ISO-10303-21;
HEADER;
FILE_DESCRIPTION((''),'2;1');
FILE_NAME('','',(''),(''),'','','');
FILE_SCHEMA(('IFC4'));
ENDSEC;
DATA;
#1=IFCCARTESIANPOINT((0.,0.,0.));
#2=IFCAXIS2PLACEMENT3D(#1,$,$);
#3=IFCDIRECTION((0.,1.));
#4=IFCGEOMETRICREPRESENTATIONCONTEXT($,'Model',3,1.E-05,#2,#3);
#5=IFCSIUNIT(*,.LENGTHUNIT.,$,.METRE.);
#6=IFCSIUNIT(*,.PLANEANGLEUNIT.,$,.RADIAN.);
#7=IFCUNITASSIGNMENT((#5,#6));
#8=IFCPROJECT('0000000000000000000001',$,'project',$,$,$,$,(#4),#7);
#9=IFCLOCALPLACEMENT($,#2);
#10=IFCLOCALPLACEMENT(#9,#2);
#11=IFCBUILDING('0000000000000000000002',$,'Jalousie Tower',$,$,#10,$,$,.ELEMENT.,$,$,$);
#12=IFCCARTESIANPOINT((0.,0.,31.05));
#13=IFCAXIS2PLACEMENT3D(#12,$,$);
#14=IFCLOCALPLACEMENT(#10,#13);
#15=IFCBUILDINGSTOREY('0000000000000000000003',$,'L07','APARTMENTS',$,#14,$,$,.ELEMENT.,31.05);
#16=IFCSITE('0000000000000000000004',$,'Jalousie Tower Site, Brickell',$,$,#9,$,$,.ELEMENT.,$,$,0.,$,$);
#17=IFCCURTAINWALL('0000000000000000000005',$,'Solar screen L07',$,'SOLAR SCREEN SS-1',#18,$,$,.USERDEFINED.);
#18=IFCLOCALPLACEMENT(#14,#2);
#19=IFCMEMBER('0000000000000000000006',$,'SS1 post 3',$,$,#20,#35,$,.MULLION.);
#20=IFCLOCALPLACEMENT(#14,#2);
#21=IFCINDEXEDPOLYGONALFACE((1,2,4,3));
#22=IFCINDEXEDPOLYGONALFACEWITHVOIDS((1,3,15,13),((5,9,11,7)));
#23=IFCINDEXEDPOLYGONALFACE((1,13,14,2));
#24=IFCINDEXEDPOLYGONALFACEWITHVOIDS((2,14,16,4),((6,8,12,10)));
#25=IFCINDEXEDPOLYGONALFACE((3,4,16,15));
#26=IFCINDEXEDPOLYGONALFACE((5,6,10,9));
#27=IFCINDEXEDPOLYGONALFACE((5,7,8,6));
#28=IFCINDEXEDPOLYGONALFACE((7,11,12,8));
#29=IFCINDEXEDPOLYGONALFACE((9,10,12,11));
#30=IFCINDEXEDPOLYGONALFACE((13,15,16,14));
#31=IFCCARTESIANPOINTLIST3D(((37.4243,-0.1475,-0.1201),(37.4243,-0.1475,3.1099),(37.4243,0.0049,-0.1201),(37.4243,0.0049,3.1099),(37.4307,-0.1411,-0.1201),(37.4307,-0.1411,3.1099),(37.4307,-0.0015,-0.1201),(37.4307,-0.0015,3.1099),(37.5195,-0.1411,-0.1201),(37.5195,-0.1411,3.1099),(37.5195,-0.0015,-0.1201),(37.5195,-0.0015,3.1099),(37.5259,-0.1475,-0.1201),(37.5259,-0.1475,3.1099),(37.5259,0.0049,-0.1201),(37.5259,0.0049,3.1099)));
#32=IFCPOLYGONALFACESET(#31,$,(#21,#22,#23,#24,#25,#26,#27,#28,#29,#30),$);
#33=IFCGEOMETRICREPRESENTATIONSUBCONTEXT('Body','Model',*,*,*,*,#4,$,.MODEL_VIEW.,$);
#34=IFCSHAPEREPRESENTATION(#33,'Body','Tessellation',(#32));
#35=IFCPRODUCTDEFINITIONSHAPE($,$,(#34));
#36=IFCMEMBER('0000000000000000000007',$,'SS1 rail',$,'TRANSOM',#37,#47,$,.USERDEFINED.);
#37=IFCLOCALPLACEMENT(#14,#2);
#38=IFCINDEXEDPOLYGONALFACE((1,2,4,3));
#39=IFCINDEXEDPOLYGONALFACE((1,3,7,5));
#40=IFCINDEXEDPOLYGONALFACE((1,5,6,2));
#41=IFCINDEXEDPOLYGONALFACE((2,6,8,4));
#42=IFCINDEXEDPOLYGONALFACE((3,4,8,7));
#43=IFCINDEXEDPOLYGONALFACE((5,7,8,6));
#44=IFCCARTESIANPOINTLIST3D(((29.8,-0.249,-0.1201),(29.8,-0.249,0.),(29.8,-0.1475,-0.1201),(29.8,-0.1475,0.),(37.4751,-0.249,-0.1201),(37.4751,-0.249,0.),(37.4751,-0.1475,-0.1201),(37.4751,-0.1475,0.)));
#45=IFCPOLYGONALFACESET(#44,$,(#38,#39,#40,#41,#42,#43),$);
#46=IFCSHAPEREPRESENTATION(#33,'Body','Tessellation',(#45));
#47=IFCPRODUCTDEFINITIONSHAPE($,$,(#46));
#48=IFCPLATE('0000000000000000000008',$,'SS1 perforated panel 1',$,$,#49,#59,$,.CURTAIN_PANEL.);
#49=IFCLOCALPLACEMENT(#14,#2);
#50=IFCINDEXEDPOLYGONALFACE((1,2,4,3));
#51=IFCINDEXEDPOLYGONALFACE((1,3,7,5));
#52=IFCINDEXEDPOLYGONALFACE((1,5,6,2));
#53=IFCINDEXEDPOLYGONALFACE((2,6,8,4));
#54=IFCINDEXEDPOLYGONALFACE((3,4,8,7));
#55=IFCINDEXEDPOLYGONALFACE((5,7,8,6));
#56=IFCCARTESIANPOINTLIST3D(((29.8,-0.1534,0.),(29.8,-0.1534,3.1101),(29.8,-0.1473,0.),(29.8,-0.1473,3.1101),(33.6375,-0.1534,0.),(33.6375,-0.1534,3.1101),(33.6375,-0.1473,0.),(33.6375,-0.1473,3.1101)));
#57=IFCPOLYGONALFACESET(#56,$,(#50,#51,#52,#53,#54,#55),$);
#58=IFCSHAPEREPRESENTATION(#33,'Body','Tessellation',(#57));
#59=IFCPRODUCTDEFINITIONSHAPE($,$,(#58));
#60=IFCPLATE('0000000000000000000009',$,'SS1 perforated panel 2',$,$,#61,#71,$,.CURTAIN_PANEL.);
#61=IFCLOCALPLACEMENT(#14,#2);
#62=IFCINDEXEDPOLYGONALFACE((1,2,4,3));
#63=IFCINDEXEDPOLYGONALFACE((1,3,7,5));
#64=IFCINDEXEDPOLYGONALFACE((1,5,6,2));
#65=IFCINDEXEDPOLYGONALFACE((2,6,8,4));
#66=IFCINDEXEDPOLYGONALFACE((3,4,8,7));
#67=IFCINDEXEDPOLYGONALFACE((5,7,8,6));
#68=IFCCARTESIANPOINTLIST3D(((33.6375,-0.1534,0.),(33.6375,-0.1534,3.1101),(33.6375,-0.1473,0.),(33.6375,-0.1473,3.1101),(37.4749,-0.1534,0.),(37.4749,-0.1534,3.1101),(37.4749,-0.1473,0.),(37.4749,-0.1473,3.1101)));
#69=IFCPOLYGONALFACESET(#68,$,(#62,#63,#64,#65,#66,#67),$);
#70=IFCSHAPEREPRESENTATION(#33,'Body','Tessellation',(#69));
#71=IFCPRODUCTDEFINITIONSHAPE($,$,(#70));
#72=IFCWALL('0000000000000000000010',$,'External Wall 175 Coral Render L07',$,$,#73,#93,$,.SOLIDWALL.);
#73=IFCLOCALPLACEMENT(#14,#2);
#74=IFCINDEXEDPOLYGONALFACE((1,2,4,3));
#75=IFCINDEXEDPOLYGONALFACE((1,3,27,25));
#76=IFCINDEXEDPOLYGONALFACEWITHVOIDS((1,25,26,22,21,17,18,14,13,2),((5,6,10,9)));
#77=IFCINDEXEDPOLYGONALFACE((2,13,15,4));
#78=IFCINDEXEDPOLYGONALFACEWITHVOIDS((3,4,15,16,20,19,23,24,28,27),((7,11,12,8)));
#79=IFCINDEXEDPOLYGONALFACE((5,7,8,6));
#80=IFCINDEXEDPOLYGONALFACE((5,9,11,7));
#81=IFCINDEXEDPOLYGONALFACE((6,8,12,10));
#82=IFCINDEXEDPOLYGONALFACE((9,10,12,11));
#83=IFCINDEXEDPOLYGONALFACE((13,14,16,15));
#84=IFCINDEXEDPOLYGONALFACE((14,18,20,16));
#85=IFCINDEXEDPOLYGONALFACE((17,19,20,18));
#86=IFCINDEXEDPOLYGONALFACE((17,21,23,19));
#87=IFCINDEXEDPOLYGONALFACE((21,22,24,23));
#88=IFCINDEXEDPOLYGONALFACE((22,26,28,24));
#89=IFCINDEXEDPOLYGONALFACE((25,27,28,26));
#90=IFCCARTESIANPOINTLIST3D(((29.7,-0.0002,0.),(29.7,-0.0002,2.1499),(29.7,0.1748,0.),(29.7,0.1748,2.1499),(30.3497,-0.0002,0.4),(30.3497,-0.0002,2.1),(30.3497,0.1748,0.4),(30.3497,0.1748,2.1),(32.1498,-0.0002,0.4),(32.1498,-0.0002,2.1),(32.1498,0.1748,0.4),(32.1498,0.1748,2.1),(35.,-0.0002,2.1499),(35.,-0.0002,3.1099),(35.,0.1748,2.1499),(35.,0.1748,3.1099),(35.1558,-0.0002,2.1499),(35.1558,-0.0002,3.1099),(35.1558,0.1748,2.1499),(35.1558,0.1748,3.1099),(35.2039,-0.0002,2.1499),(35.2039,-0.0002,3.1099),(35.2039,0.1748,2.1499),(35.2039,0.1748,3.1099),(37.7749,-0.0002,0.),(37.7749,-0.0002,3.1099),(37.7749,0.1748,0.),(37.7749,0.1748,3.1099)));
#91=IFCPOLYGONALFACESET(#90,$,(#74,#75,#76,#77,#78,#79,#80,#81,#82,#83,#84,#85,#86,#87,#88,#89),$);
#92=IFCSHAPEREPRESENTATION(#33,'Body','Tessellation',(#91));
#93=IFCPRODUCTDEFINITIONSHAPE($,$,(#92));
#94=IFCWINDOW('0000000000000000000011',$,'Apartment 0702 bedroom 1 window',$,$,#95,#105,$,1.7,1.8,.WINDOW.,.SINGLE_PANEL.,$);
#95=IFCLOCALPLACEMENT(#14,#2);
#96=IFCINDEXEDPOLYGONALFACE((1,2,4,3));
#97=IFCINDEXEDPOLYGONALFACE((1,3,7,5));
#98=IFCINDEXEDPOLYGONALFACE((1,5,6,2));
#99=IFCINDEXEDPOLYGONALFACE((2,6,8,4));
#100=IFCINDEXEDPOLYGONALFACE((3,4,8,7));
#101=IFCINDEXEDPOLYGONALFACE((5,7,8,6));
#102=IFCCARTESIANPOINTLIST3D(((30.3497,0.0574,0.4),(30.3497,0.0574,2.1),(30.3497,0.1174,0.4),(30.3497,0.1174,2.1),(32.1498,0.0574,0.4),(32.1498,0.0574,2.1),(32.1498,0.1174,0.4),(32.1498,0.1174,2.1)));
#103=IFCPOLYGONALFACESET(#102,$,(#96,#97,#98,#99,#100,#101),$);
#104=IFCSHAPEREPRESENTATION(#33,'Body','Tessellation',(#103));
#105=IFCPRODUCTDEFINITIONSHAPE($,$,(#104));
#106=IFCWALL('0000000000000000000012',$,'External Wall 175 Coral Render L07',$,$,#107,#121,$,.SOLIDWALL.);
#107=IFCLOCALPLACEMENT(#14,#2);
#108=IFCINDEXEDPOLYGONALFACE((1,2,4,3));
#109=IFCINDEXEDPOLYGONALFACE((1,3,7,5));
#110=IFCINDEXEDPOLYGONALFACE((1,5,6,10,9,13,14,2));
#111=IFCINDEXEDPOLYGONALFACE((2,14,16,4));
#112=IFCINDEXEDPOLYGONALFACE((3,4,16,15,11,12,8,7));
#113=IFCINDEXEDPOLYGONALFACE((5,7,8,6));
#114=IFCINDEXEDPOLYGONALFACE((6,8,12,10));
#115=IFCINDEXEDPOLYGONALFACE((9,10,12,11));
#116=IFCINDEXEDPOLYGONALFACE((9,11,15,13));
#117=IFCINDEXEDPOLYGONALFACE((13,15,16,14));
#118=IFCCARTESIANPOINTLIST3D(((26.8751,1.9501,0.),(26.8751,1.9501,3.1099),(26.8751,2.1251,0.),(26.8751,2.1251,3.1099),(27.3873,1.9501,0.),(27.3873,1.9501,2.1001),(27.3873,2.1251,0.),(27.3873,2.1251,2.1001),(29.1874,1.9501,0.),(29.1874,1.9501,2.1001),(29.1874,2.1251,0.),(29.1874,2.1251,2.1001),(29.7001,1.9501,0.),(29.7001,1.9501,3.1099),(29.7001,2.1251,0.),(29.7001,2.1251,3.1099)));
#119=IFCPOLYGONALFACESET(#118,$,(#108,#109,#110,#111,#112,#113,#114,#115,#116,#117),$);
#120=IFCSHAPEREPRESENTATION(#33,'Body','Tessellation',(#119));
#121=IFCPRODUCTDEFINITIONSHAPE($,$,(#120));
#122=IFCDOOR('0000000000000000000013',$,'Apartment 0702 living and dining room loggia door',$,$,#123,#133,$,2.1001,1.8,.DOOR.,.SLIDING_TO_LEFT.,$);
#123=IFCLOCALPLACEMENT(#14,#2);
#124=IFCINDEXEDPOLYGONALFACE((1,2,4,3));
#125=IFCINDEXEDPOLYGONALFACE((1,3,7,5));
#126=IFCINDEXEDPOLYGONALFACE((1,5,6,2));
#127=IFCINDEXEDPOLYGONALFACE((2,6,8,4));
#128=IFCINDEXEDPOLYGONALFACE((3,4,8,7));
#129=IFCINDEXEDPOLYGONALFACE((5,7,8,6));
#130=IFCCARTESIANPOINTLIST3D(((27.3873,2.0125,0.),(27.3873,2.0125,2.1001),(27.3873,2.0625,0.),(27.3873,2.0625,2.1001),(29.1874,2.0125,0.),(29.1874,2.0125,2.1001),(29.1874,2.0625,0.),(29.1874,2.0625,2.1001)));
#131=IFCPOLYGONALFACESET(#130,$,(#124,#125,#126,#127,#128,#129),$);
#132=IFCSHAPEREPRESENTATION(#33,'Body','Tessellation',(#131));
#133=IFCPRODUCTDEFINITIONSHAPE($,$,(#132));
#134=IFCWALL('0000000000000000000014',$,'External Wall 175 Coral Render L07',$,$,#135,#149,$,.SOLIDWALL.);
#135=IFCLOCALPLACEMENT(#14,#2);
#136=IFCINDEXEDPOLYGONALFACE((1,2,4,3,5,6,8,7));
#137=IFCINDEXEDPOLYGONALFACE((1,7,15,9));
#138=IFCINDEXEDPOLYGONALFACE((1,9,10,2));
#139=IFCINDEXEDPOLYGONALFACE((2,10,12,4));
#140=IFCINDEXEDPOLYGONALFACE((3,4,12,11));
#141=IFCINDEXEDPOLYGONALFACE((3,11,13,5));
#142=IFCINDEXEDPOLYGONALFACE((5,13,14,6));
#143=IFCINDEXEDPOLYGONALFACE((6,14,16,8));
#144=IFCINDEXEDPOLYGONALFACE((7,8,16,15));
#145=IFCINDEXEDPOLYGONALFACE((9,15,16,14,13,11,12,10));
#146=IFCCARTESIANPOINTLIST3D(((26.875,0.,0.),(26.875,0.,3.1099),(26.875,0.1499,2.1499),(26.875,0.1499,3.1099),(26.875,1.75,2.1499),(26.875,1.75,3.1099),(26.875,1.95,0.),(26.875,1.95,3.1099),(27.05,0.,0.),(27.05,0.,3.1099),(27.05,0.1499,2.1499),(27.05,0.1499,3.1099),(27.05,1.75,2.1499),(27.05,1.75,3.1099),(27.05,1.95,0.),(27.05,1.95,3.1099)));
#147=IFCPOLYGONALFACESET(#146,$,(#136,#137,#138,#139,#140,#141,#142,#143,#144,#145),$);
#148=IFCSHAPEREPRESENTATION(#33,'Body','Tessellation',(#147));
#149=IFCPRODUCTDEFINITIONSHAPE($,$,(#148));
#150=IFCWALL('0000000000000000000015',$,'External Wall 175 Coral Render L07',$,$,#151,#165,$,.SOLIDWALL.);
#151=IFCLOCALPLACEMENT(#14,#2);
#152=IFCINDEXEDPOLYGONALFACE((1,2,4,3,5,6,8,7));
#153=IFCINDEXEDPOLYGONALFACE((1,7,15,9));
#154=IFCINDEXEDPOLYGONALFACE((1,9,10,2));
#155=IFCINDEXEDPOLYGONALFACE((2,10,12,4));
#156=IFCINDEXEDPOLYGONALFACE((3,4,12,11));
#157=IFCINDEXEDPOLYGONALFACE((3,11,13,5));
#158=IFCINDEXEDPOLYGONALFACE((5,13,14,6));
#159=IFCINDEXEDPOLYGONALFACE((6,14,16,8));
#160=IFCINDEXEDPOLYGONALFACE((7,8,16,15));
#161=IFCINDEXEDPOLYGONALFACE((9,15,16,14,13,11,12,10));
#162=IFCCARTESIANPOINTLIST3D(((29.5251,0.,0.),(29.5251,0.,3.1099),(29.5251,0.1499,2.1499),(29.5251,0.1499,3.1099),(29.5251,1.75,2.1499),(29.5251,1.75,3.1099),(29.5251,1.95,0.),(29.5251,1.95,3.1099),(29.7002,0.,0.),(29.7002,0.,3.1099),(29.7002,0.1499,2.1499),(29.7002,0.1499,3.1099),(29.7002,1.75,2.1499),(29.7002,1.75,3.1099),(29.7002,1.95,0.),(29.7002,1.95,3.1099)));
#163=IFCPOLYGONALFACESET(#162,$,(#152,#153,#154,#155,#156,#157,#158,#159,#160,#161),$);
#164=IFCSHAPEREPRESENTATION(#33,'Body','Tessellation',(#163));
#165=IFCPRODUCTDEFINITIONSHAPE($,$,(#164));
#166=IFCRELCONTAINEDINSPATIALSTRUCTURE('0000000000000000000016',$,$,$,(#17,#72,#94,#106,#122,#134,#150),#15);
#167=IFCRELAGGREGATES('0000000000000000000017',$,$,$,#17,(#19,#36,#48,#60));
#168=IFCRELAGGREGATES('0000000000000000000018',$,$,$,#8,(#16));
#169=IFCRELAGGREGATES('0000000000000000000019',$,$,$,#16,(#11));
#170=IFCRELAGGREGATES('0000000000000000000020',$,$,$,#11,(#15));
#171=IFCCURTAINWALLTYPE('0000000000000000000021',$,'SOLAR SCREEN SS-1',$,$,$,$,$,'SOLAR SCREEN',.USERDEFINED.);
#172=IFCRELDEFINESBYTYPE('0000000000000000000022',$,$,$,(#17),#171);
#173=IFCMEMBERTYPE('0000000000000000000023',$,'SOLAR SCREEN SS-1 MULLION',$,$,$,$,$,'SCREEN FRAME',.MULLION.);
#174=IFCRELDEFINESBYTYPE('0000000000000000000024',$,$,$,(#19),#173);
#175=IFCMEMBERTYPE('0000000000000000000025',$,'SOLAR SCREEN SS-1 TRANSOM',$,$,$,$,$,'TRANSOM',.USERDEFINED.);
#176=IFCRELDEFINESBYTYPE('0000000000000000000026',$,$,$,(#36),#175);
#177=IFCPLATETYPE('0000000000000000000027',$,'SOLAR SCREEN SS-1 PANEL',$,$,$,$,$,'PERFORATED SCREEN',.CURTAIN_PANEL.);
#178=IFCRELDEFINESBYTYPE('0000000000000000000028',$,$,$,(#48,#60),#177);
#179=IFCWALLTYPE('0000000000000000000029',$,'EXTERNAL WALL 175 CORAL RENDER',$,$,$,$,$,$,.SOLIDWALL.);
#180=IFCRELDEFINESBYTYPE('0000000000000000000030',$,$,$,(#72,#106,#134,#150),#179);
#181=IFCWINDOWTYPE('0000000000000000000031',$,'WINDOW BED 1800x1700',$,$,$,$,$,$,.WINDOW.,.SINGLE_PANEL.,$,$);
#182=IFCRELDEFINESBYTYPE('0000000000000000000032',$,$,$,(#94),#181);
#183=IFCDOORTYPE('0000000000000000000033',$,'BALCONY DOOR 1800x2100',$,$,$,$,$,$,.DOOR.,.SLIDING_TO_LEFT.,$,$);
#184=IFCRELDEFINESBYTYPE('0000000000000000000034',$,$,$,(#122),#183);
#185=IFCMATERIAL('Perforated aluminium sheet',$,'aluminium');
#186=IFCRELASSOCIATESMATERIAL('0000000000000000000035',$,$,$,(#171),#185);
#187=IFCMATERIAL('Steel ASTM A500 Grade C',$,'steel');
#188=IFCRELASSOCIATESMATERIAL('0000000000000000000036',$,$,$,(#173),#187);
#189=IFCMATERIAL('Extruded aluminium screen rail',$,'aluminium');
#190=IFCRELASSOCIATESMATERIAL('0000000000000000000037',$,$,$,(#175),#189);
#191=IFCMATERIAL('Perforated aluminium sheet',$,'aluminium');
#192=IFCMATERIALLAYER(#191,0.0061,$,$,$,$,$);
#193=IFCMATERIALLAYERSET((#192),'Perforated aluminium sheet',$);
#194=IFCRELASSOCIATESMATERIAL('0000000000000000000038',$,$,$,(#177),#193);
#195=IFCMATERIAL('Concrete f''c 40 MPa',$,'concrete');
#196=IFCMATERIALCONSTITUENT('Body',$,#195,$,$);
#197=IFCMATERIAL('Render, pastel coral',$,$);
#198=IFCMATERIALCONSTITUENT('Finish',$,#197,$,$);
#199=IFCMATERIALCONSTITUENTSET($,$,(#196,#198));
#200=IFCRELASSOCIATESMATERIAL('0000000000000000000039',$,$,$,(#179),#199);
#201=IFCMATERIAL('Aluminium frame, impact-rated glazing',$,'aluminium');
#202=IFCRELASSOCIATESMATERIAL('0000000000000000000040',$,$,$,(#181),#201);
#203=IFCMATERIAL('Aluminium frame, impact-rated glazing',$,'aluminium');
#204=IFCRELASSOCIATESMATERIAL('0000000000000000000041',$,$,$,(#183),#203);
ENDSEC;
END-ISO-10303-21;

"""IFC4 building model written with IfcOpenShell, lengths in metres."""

from ifc_helpers import new_model, si_unit, direction, frame, frame_2d, origin, origin_2d, place, context, subcontext, project, spatial, polyline, rectangle, hollow_rectangle, outline, extrude, material, layer, layer_set, constituent, constituent_set, material_profile, profile_set, type_object, element, fill, aggregate, save


model = new_model("IFC4")

# Units and contexts
model_context = context("Model", 3, precision=1e-05, world=origin(), true_north=direction((0.0, 1.0)))
body_context = subcontext(model_context, "Body", "Model", "MODEL_VIEW")
ifc_project = project(units=[si_unit("LENGTHUNIT", "METRE"), si_unit("PLANEANGLEUNIT", "RADIAN")], contexts=[model_context])

# Site, building, storey
site_placement = place(None, origin())
site = spatial("IfcSite", under=ifc_project, at=site_placement, Name="Jalousie Tower Site, Brickell", CompositionType="ELEMENT", RefElevation=0.0)
building_placement = place(site_placement, origin())
building = spatial("IfcBuilding", under=site, at=building_placement, Name="Jalousie Tower", CompositionType="ELEMENT")
storey_placement = place(building_placement, frame((0.0, 0.0, 31.05)))
storey = spatial("IfcBuildingStorey", under=building, at=storey_placement, Name="L07", Description="APARTMENTS", CompositionType="ELEMENT", Elevation=31.05)

# Shared definitions
ifc_material_1 = material(Name="Perforated aluminium sheet", Category="aluminium")
curtain_wall_type = type_object("IfcCurtainWallType", Name="SOLAR SCREEN SS-1", ElementType="SOLAR SCREEN", PredefinedType="USERDEFINED", material=ifc_material_1)
ifc_material_2 = material(Name="Steel ASTM A500 Grade C", Category="steel")
ifc_material_profile_1 = material_profile(ifc_material_2, hollow_rectangle(XDim=0.1016, YDim=0.1523, WallThickness=0.0063, at=origin_2d()), Name="HSS6X4X1/4")
ifc_profile_set_1 = profile_set([ifc_material_profile_1], Name="Steel ASTM A500 Grade C")
member_type_1 = type_object("IfcMemberType", Name="SOLAR SCREEN SS-1 MULLION", ElementType="SCREEN FRAME", PredefinedType="MULLION", material=ifc_profile_set_1)

# Curtain wall, members, plates
curtain_wall_1_placement = place(storey_placement, origin())
curtain_wall_1 = element("IfcCurtainWall", 1, at=curtain_wall_1_placement, inside=storey, type_object=curtain_wall_type, Name="Solar screen L07", ObjectType="SOLAR SCREEN SS-1", PredefinedType="USERDEFINED")
member_1_placement = place(storey_placement, frame((37.4751, -0.0713, -0.1201), z_axis=(0.0, 0.0, 1.0), x_axis=(1.0, 0.0, 0.0)))
member_1 = element("IfcMember", 2, at=member_1_placement, type_object=member_type_1, Name="SS1 post 3", PredefinedType="MULLION", context=body_context, shape_type="SweptSolid", body=[
    extrude(hollow_rectangle(XDim=0.1016, YDim=0.1523, WallThickness=0.0063, at=origin_2d()), origin(), (0.0, 0.0, 1.0), 3.23),
])
ifc_material_3 = material(Name="Extruded aluminium screen rail", Category="aluminium")
ifc_material_profile_2 = material_profile(ifc_material_3, rectangle(XDim=0.1016, YDim=0.1201, at=origin_2d()), Name="RAIL 102x120")
ifc_profile_set_2 = profile_set([ifc_material_profile_2], Name="Extruded aluminium screen rail")
member_type_2 = type_object("IfcMemberType", Name="SOLAR SCREEN SS-1 TRANSOM", ElementType="TRANSOM", PredefinedType="USERDEFINED", material=ifc_profile_set_2)
member_2_placement = place(storey_placement, frame((29.8, -0.1982, -0.0601), z_axis=(1.0, 0.0, 0.0), x_axis=(0.0, 1.0, 0.0)))
member_2 = element("IfcMember", 3, at=member_2_placement, type_object=member_type_2, Name="SS1 rail", ObjectType="TRANSOM", PredefinedType="USERDEFINED", context=body_context, shape_type="SweptSolid", body=[
    extrude(rectangle(XDim=0.1016, YDim=0.1201, at=origin_2d()), origin(), (0.0, 0.0, 1.0), 7.675),
])
ifc_material_4 = material(Name="Perforated aluminium sheet", Category="aluminium")
ifc_layer_1 = layer(ifc_material_4, 0.0061)
ifc_layer_set_1 = layer_set([ifc_layer_1], Name="Perforated aluminium sheet")
plate_type = type_object("IfcPlateType", Name="SOLAR SCREEN SS-1 PANEL", ElementType="PERFORATED SCREEN", PredefinedType="CURTAIN_PANEL", material=ifc_layer_set_1)
plate_1_placement = place(storey_placement, frame((31.7188, -0.1504, 0.0), z_axis=(0.0, 0.0, 1.0), x_axis=(1.0, 0.0, 0.0)))
plate_1 = element("IfcPlate", 4, at=plate_1_placement, type_object=plate_type, Name="SS1 perforated panel 1", PredefinedType="CURTAIN_PANEL", context=body_context, shape_type="SweptSolid", body=[
    extrude(rectangle(XDim=3.8374, YDim=0.0061, at=origin_2d()), origin(), (0.0, 0.0, 1.0), 3.1101),
])
plate_2_placement = place(storey_placement, frame((35.5562, -0.1504, 0.0), z_axis=(0.0, 0.0, 1.0), x_axis=(1.0, 0.0, 0.0)))
plate_2 = element("IfcPlate", 5, at=plate_2_placement, type_object=plate_type, Name="SS1 perforated panel 2", PredefinedType="CURTAIN_PANEL", context=body_context, shape_type="SweptSolid", body=[
    extrude(rectangle(XDim=3.8374, YDim=0.0061, at=origin_2d()), origin(), (0.0, 0.0, 1.0), 3.1101),
])
aggregate(curtain_wall_1, [member_1, member_2, plate_1, plate_2])

# Wall, opening, window
ifc_material_5 = material(Name="Concrete f'c 40 MPa", Category="concrete")
ifc_constituent_1 = constituent(ifc_material_5, Name="Body")
ifc_material_6 = material(Name="Render, pastel coral")
ifc_constituent_2 = constituent(ifc_material_6, Name="Finish")
ifc_constituent_set_1 = constituent_set(constituents=[ifc_constituent_1, ifc_constituent_2])
wall_type_1 = type_object("IfcWallType", Name="EXTERNAL WALL 175 CORAL RENDER", PredefinedType="SOLIDWALL", material=ifc_constituent_set_1)
wall_1_placement = place(storey_placement, frame((29.7, 0.0874, 0.0), z_axis=(0.0, 0.0, 1.0), x_axis=(1.0, 0.0, 0.0)))
wall_1 = element("IfcWall", 6, at=wall_1_placement, inside=storey, type_object=wall_type_1, Name="External Wall 175 Coral Render L07", PredefinedType="SOLIDWALL", context=body_context, shape_type="SweptSolid", body=[
    extrude(outline(polyline([(0.0, 0.0), (8.075, 0.0), (8.075, 3.1099), (5.5039, 3.1099), (5.5039, 2.1499), (5.4558, 2.1499), (5.4558, 3.1099), (5.3, 3.1099), (5.3, 2.1499), (0.0, 2.1499), (0.0, 0.0)])), frame((0.0, 0.0874, 0.0), z_axis=(0.0, -1.0, 0.0), x_axis=(1.0, 0.0, 0.0)), (0.0, 0.0, 1.0), 0.175),
])
opening_1_placement = place(wall_1_placement, frame((0.6499, 0.0, 0.3999)))
opening_1 = element("IfcOpeningElement", 7, at=opening_1_placement, cuts=wall_1, PredefinedType="OPENING", context=body_context, shape_type="SweptSolid", body=[
    extrude(rectangle(XDim=1.8, YDim=1.7, at=frame_2d((0.8999, 0.8501))), frame((0.0, 0.0974, 0.0), z_axis=(0.0, -1.0, 0.0), x_axis=(1.0, 0.0, 0.0)), (0.0, 0.0, 1.0), 0.1951),
])
ifc_material_7 = material(Name="Aluminium frame, impact-rated glazing", Category="aluminium")
window_type = type_object("IfcWindowType", Name="WINDOW BED 1800x1700", PartitioningType="SINGLE_PANEL", PredefinedType="WINDOW", material=ifc_material_7)
window_placement = place(opening_1_placement, origin())
window = element("IfcWindow", 8, at=window_placement, inside=storey, type_object=window_type, Name="Apartment 0702 bedroom 1 window", OverallHeight=1.7, OverallWidth=1.8, PartitioningType="SINGLE_PANEL", PredefinedType="WINDOW", context=body_context, shape_type="SweptSolid", body=[
    extrude(rectangle(XDim=1.8, YDim=1.7, at=frame_2d((0.8999, 0.8501))), frame((0.0, 0.03, 0.0), z_axis=(0.0, -1.0, 0.0), x_axis=(1.0, 0.0, 0.0)), (0.0, 0.0, 1.0), 0.0601),
])
fill(opening_1, window)

# Wall, opening, door
wall_2_placement = place(storey_placement, frame((26.875, 2.0376, 0.0), z_axis=(0.0, 0.0, 1.0), x_axis=(1.0, 0.0, 0.0)))
wall_2 = element("IfcWall", 9, at=wall_2_placement, inside=storey, type_object=wall_type_1, Name="External Wall 175 Coral Render L07", PredefinedType="SOLIDWALL", context=body_context, shape_type="SweptSolid", body=[
    extrude(rectangle(XDim=2.825, YDim=0.175, at=frame_2d((1.4126, 0.0))), origin(), (0.0, 0.0, 1.0), 3.1099),
])
opening_2_placement = place(wall_2_placement, frame((0.5125, 0.0, 0.0)))
opening_2 = element("IfcOpeningElement", 10, at=opening_2_placement, cuts=wall_2, PredefinedType="OPENING", context=body_context, shape_type="SweptSolid", body=[
    extrude(rectangle(XDim=1.8, YDim=2.1001, at=frame_2d((0.8999, 1.05))), frame((0.0, 0.0974, 0.0), z_axis=(0.0, -1.0, 0.0), x_axis=(1.0, 0.0, 0.0)), (0.0, 0.0, 1.0), 0.1951),
])
ifc_material_8 = material(Name="Aluminium frame, impact-rated glazing", Category="aluminium")
door_type_1 = type_object("IfcDoorType", Name="BALCONY DOOR 1800x2100", OperationType="SLIDING_TO_LEFT", PredefinedType="DOOR", material=ifc_material_8)
door_1_placement = place(opening_2_placement, origin())
door_1 = element("IfcDoor", 11, at=door_1_placement, inside=storey, type_object=door_type_1, Name="Apartment 0702 living and dining room loggia door", OperationType="SLIDING_TO_LEFT", OverallHeight=2.1001, OverallWidth=1.8, PredefinedType="DOOR", context=body_context, shape_type="SweptSolid", body=[
    extrude(rectangle(XDim=1.8, YDim=2.1001, at=frame_2d((0.8999, 1.05))), frame((0.0, 0.0249, 0.0), z_axis=(0.0, -1.0, 0.0), x_axis=(1.0, 0.0, 0.0)), (0.0, 0.0, 1.0), 0.05),
])
fill(opening_2, door_1)

# Walls
for number, where, z_axis, x_axis, name in (
    (12, (26.9624, 0.0, 0.0), (0.0, 0.0, 1.0), (0.0, 1.0, 0.0), "External Wall 175 Coral Render L07"),
    (13, (29.6125, 0.0, 0.0), (0.0, 0.0, 1.0), (0.0, 1.0, 0.0), "External Wall 175 Coral Render L07"),
):
    element("IfcWall", number, at=place(storey_placement, frame(where, z_axis=z_axis, x_axis=x_axis)), inside=storey, type_object=wall_type_1, Name=name, PredefinedType="SOLIDWALL", context=body_context, shape_type="SweptSolid", body=[
        extrude(outline(polyline([(0.0, 0.0), (1.95, 0.0), (1.95, 3.1099), (1.75, 3.1099), (1.75, 2.1499), (0.1499, 2.1499), (0.1499, 3.1099), (0.0, 3.1099), (0.0, 0.0)])), frame((0.0, 0.0874, 0.0), z_axis=(0.0, -1.0, 0.0), x_axis=(1.0, 0.0, 0.0)), (0.0, 0.0, 1.0), 0.175),
    ])

save(model, "model.ifc")
